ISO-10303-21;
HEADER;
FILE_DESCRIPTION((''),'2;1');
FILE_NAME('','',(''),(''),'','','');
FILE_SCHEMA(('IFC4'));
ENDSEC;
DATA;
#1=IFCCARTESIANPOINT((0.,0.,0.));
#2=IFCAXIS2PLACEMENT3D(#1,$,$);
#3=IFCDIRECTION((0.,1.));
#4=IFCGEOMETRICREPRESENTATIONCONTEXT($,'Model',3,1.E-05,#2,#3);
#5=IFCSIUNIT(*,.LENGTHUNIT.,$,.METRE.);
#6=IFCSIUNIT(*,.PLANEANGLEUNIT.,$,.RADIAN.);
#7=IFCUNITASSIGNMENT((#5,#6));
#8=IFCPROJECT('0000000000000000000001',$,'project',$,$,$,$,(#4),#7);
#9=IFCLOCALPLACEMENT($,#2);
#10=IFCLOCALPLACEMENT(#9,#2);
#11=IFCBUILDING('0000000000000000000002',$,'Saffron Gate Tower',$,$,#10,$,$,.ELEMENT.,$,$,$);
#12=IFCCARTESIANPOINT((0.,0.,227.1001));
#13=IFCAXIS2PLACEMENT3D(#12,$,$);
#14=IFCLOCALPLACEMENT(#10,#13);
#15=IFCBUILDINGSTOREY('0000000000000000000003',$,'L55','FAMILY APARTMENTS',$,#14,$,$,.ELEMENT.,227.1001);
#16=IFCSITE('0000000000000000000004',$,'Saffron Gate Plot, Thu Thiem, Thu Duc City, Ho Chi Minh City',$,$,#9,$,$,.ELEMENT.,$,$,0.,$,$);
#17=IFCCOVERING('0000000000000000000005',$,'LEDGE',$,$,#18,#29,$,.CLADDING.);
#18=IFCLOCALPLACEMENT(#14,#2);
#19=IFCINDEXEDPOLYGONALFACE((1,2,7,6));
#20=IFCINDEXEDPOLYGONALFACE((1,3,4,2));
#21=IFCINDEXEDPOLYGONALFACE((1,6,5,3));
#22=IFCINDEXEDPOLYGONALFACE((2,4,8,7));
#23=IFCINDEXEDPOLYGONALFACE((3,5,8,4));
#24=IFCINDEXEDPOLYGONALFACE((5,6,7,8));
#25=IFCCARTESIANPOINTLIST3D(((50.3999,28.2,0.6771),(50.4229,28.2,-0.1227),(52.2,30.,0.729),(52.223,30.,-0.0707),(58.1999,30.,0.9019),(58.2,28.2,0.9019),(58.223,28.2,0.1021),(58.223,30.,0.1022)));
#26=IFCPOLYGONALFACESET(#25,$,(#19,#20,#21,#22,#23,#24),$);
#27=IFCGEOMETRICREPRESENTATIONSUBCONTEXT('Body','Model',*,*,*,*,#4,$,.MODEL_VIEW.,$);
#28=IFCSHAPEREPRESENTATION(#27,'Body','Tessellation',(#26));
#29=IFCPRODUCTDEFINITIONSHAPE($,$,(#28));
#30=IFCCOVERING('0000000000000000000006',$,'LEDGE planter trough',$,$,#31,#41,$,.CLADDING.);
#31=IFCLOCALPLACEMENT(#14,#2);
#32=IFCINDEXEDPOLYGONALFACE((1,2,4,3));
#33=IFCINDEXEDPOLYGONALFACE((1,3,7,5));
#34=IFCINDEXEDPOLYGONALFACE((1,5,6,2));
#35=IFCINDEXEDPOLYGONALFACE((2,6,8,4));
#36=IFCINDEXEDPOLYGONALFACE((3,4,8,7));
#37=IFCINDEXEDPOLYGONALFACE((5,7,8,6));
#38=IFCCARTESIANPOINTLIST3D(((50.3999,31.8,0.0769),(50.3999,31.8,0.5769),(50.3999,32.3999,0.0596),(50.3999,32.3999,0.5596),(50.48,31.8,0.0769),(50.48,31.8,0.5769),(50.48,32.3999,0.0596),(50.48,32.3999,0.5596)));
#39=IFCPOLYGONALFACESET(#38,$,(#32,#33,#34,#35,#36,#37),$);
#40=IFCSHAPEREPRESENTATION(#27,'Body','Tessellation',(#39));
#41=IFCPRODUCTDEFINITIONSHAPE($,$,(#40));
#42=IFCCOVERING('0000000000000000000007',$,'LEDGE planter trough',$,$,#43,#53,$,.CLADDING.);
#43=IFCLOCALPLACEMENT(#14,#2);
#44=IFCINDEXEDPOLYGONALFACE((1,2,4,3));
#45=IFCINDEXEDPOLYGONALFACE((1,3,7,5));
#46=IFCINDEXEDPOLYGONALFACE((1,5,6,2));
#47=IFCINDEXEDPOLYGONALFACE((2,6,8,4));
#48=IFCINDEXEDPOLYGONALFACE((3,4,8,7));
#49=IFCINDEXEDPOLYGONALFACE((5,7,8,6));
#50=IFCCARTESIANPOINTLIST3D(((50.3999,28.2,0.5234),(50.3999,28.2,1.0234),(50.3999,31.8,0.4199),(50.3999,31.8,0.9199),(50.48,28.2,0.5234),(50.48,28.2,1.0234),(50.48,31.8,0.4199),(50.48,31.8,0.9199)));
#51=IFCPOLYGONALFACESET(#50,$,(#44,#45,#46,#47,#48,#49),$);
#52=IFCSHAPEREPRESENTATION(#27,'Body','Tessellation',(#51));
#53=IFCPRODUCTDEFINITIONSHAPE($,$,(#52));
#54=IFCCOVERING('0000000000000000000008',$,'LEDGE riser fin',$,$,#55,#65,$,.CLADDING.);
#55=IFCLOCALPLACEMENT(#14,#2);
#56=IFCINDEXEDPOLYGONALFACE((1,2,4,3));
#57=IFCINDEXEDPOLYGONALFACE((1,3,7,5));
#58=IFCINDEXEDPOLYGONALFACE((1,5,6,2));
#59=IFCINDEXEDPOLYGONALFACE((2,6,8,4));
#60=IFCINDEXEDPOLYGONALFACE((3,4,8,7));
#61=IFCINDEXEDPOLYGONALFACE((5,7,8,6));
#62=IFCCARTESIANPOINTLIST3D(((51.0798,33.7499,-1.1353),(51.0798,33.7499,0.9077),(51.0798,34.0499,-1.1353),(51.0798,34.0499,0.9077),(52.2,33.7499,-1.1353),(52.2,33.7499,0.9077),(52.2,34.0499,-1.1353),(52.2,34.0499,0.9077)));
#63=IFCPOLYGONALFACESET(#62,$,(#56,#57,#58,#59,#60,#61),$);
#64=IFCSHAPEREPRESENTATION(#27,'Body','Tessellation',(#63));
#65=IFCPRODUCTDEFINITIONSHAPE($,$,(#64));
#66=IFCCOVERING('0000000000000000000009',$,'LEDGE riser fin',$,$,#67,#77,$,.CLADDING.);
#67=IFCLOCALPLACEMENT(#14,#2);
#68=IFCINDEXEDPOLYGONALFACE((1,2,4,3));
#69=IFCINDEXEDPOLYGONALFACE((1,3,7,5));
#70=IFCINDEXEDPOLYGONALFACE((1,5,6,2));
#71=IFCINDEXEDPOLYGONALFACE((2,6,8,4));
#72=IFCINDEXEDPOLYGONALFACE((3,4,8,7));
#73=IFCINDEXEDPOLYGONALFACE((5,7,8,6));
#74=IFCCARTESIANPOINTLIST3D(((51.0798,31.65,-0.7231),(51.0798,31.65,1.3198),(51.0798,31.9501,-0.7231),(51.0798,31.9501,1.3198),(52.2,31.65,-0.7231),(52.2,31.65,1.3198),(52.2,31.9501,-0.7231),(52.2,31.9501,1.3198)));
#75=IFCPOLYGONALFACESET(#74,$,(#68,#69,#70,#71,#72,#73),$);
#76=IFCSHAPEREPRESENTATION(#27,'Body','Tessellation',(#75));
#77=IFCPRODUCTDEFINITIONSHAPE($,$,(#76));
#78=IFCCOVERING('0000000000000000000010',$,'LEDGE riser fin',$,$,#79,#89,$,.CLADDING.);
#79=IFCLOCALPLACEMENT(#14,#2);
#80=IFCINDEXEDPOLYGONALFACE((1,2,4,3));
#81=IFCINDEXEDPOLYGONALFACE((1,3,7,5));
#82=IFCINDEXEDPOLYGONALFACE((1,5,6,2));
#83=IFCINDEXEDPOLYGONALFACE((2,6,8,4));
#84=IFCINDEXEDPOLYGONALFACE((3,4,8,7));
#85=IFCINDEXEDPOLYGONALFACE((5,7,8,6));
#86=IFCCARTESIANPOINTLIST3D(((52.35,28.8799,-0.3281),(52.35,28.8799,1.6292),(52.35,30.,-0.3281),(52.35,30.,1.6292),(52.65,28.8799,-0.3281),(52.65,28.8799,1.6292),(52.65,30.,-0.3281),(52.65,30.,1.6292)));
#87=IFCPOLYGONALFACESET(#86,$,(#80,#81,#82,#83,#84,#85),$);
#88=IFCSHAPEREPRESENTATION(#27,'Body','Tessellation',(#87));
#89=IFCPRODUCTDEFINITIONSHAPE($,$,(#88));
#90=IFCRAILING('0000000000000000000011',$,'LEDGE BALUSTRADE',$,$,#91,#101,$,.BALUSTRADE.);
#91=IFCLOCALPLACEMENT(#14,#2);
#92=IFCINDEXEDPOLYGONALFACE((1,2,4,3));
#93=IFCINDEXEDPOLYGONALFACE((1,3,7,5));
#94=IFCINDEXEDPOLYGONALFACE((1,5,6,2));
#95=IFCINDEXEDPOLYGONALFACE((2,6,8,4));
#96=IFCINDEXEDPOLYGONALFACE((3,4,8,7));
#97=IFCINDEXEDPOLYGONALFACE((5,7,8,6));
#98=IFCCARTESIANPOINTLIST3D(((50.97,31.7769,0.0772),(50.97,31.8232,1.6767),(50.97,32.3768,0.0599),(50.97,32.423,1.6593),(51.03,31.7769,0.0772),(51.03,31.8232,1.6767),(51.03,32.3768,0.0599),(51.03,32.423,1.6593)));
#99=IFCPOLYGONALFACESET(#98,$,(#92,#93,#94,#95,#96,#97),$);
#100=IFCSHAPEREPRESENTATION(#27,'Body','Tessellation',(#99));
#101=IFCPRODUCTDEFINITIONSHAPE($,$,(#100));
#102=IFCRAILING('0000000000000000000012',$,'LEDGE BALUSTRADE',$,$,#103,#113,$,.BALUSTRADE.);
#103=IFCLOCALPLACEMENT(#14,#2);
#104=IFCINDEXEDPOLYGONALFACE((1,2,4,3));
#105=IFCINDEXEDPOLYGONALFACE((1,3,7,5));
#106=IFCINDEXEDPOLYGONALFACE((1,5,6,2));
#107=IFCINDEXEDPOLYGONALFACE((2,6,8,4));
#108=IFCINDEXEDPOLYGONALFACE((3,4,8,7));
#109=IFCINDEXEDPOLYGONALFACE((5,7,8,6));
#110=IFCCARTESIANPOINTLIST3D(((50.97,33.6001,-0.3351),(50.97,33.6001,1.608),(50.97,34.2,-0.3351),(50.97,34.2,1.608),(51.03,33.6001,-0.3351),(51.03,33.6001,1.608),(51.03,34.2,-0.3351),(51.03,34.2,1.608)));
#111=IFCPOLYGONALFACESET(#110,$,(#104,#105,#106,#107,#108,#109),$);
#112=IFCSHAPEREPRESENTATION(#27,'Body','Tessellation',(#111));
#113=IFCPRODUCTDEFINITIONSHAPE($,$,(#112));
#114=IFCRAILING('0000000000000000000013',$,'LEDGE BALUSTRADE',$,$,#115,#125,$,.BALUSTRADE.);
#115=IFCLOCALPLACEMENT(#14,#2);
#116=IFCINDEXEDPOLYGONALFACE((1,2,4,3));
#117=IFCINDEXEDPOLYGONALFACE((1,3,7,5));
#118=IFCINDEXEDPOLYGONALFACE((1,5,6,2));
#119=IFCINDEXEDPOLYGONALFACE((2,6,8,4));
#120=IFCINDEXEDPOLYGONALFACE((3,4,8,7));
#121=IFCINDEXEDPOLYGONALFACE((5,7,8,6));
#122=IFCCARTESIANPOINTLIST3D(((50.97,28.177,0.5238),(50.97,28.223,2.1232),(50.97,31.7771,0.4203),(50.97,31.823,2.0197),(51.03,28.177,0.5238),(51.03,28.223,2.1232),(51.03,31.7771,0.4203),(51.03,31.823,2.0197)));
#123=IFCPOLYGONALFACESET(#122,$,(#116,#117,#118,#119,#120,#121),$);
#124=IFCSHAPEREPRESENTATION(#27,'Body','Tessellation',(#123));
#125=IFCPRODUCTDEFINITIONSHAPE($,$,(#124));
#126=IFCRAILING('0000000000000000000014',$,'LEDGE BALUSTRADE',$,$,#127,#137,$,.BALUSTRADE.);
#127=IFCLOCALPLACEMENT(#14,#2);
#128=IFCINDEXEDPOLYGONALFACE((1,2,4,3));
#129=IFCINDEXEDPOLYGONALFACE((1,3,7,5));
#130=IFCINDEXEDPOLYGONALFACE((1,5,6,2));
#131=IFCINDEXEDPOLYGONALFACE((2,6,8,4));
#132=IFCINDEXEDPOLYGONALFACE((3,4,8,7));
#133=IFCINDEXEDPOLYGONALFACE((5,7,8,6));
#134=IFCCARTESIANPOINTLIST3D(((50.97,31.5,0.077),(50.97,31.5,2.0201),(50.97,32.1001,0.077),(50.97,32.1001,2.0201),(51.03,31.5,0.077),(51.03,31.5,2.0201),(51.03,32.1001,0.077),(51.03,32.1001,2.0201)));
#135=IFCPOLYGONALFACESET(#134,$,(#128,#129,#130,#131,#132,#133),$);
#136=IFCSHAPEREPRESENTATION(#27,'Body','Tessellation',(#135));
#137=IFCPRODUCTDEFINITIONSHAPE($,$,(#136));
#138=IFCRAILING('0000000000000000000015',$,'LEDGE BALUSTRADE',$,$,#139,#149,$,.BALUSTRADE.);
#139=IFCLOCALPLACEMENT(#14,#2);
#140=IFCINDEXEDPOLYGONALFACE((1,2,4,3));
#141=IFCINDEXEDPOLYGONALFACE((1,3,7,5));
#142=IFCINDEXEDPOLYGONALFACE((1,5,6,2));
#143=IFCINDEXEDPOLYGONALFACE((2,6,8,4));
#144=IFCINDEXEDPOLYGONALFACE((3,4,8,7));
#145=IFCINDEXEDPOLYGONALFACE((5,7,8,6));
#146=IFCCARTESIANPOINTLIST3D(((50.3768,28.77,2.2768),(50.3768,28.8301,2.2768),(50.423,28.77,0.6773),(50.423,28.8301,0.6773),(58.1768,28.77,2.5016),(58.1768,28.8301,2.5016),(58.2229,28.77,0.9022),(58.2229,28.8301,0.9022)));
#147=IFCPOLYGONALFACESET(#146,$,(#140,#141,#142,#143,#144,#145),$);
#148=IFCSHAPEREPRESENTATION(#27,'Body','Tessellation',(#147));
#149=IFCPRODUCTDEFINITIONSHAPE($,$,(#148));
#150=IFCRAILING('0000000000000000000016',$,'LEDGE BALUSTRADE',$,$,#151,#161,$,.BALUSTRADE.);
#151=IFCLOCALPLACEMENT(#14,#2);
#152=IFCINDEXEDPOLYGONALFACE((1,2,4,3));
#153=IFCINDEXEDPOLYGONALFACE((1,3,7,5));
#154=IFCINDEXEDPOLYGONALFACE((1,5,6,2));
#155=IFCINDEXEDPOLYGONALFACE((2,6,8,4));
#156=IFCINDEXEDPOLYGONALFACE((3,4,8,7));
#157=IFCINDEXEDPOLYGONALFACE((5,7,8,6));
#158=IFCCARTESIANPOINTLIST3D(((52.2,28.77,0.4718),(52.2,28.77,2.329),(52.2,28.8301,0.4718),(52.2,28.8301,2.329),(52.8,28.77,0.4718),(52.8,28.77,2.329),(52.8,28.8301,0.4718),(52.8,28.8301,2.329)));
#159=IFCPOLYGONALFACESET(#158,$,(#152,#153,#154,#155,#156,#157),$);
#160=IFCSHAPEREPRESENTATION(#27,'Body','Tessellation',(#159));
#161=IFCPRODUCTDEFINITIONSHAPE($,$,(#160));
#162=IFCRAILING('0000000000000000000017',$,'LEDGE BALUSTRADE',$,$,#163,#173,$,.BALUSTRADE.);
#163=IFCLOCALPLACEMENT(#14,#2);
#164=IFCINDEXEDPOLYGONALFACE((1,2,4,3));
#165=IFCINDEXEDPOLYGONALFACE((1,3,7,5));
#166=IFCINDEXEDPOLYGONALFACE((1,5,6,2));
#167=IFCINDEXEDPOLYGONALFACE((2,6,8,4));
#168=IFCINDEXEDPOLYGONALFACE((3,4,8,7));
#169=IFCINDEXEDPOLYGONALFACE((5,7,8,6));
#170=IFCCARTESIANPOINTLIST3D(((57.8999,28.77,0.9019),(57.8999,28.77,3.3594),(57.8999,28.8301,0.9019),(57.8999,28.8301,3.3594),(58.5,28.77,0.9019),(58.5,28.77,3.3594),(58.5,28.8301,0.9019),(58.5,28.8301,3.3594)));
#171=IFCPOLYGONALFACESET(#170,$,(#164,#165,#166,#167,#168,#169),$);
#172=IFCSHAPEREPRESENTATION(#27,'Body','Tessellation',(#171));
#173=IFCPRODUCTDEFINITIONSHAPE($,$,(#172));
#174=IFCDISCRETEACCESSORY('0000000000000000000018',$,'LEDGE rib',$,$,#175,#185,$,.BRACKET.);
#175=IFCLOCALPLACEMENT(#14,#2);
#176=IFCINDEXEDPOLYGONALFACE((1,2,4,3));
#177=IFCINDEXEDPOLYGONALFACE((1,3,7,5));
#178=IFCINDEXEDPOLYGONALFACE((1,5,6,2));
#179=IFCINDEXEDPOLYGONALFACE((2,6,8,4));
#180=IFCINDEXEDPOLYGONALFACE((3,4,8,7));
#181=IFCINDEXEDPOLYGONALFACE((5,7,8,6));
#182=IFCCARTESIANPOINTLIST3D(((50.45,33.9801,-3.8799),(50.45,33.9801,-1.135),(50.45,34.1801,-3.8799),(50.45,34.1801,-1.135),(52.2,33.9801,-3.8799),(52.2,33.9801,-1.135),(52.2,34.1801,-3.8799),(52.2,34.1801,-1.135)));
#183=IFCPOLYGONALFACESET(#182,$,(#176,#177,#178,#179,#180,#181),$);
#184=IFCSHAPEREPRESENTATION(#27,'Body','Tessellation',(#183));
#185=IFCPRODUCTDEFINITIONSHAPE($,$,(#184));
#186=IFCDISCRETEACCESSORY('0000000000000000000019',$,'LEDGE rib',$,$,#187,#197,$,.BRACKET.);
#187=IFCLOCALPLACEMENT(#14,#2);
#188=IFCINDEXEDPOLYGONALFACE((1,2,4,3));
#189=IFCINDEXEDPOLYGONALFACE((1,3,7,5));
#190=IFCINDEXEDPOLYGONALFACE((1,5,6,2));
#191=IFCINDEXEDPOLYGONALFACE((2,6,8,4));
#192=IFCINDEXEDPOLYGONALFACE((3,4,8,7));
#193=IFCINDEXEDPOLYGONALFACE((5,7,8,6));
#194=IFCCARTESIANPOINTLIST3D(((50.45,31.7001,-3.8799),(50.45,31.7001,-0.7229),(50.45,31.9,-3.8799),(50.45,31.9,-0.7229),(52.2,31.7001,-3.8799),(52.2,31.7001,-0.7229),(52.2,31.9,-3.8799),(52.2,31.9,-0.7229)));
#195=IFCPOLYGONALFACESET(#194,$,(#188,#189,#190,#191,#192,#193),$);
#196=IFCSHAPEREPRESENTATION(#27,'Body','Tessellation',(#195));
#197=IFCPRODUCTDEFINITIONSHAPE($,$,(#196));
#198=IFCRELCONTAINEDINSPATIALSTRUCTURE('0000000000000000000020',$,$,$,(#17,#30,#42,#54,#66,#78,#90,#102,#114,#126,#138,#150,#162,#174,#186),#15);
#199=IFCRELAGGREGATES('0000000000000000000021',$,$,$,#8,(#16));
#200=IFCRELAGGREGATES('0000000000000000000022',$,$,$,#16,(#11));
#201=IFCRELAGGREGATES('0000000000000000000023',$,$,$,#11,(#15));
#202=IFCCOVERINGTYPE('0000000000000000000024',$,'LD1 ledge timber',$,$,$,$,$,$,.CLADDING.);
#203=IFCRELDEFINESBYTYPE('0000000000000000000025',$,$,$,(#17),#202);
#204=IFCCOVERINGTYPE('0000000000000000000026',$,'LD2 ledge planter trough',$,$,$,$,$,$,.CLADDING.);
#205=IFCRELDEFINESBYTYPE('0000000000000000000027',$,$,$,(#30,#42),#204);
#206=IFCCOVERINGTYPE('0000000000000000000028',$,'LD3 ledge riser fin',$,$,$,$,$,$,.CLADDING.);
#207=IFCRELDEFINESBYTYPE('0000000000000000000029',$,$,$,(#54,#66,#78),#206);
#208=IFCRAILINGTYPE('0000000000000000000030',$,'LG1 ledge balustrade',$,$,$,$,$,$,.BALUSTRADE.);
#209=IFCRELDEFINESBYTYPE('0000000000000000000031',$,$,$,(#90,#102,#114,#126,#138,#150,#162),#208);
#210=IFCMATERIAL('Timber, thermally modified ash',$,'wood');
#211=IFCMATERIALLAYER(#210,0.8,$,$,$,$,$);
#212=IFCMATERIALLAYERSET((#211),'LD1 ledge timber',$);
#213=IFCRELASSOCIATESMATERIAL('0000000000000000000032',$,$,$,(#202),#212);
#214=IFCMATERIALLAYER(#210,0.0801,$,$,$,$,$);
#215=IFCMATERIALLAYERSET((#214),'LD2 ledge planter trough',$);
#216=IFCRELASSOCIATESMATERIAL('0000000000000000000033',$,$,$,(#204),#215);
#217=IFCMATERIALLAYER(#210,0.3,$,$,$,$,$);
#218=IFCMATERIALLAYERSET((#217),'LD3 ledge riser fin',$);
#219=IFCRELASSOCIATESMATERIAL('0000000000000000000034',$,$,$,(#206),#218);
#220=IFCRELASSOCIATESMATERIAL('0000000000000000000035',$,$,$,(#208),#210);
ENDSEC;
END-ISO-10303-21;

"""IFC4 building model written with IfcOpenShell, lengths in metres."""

from ifc_helpers import new_model, si_unit, direction, frame, origin, origin_2d, place, context, subcontext, project, spatial, polyline, rectangle, outline, extrude, material, layer, layer_set, type_object, element, save


model = new_model("IFC4")

# Units and contexts
model_context = context("Model", 3, precision=1e-05, world=origin(), true_north=direction((0.0, 1.0)))
body_context = subcontext(model_context, "Body", "Model", "MODEL_VIEW")
ifc_project = project(units=[si_unit("LENGTHUNIT", "METRE"), si_unit("PLANEANGLEUNIT", "RADIAN")], contexts=[model_context])

# Site, building, storey
site_placement = place(None, origin())
site = spatial("IfcSite", under=ifc_project, at=site_placement, Name="Saffron Gate Plot, Thu Thiem, Thu Duc City, Ho Chi Minh City", CompositionType="ELEMENT", RefElevation=0.0)
building_placement = place(site_placement, origin())
building = spatial("IfcBuilding", under=site, at=building_placement, Name="Saffron Gate Tower", CompositionType="ELEMENT")
storey_placement = place(building_placement, frame((0.0, 0.0, 227.1001)))
storey = spatial("IfcBuildingStorey", under=building, at=storey_placement, Name="L55", Description="FAMILY APARTMENTS", CompositionType="ELEMENT", Elevation=227.1001)

# Coverings
ifc_material_1 = material(Name="Timber, thermally modified ash", Category="wood")
ifc_layer_1 = layer(ifc_material_1, 0.8)
ifc_layer_set_1 = layer_set([ifc_layer_1], Name="LD1 ledge timber")
covering_type_1 = type_object("IfcCoveringType", Name="LD1 ledge timber", PredefinedType="CLADDING", material=ifc_layer_set_1)
covering_1_placement = place(storey_placement, frame((52.2, 30.0, 0.729), z_axis=(-0.028807, -0.000035, 0.999585), x_axis=(0.999585, 0.0, 0.028807)))
element("IfcCovering", 1, at=covering_1_placement, inside=storey, type_object=covering_type_1, Name="LEDGE", PredefinedType="CLADDING", context=body_context, shape_type="SweptSolid", body=[
    extrude(outline(polyline([(0.0, 0.0), (6.0025, 0.0), (6.0025, -1.8), (-1.8008, -1.8), (0.0, 0.0)])), origin(), (0.0, 0.0, -1.0), 0.8),
])
ifc_layer_2 = layer(ifc_material_1, 0.0801)
ifc_layer_set_2 = layer_set([ifc_layer_2], Name="LD2 ledge planter trough")
covering_type_2 = type_object("IfcCoveringType", Name="LD2 ledge planter trough", PredefinedType="CLADDING", material=ifc_layer_set_2)
covering_2_placement = place(storey_placement, frame((50.3999, 32.3999, 0.0596), z_axis=(-1.0, 0.0, 0.0), x_axis=(0.0, -0.999583, 0.028885)))
element("IfcCovering", 2, at=covering_2_placement, inside=storey, type_object=covering_type_2, Name="LEDGE planter trough", PredefinedType="CLADDING", context=body_context, shape_type="SweptSolid", body=[
    extrude(outline(polyline([(0.0, 0.0), (0.6001, 0.0), (0.6145, 0.4998), (0.0144, 0.4998), (0.0, 0.0)])), origin(), (0.0, 0.0, -1.0), 0.0801),
])
covering_3_placement = place(storey_placement, frame((50.3999, 31.8, 0.4199), z_axis=(-1.0, 0.0, 0.0), x_axis=(0.0, -0.999587, 0.028742)))
element("IfcCovering", 3, at=covering_3_placement, inside=storey, type_object=covering_type_2, Name="LEDGE planter trough", PredefinedType="CLADDING", context=body_context, shape_type="SweptSolid", body=[
    extrude(outline(polyline([(0.0, 0.0), (3.6016, 0.0), (3.616, 0.4998), (0.0144, 0.4998), (0.0, 0.0)])), origin(), (0.0, 0.0, -1.0), 0.0801),
])
ifc_layer_3 = layer(ifc_material_1, 0.3)
ifc_layer_set_3 = layer_set([ifc_layer_3], Name="LD3 ledge riser fin")
covering_type_3 = type_object("IfcCoveringType", Name="LD3 ledge riser fin", PredefinedType="CLADDING", material=ifc_layer_set_3)
for number, where, z_axis, x_axis, name in (
    (4, (51.6399, 33.8999, -1.1353), (0.0, 0.0, 1.0), (0.0, -1.0, 0.0), "LEDGE riser fin"),
    (5, (51.6399, 31.8, -0.7231), (0.0, 0.0, 1.0), (0.0, -1.0, 0.0), "LEDGE riser fin"),
):
    element("IfcCovering", number, at=place(storey_placement, frame(where, z_axis=z_axis, x_axis=x_axis)), inside=storey, type_object=covering_type_3, Name=name, PredefinedType="CLADDING", context=body_context, shape_type="SweptSolid", body=[
        extrude(rectangle(XDim=0.3, YDim=1.1201, at=origin_2d()), origin(), (0.0, 0.0, 1.0), 2.043),
    ])
covering_4_placement = place(storey_placement, frame((52.5, 29.4399, -0.3281), z_axis=(0.0, 0.0, 1.0), x_axis=(1.0, 0.0, 0.0)))
element("IfcCovering", 6, at=covering_4_placement, inside=storey, type_object=covering_type_3, Name="LEDGE riser fin", PredefinedType="CLADDING", context=body_context, shape_type="SweptSolid", body=[
    extrude(rectangle(XDim=0.3, YDim=1.1201, at=origin_2d()), origin(), (0.0, 0.0, 1.0), 1.9573),
])

# Railings
railing_type = type_object("IfcRailingType", Name="LG1 ledge balustrade", PredefinedType="BALUSTRADE", material=ifc_material_1)
railing_1_placement = place(storey_placement, frame((51.0, 32.3999, 0.0596)))
element("IfcRailing", 7, at=railing_1_placement, inside=storey, type_object=railing_type, Name="LEDGE BALUSTRADE", PredefinedType="BALUSTRADE", context=body_context, shape_type="SweptSolid", body=[
    extrude(rectangle(XDim=0.0601, YDim=1.6001, at=origin_2d()), frame((0.0, 0.0, 0.8), z_axis=(0.0, -0.999583, 0.028885), x_axis=(1.0, 0.0, 0.0)), (0.0, 0.0, 1.0), 0.6001),
])
railing_2_placement = place(storey_placement, frame((51.0, 34.2, -0.3352)))
element("IfcRailing", 8, at=railing_2_placement, inside=storey, type_object=railing_type, Name="LEDGE BALUSTRADE", PredefinedType="BALUSTRADE", context=body_context, shape_type="SweptSolid", body=[
    extrude(rectangle(XDim=0.0601, YDim=1.9431, at=origin_2d()), frame((0.0, 0.0, 0.9717), z_axis=(0.0, -1.0, 0.0), x_axis=(1.0, 0.0, 0.0)), (0.0, 0.0, 1.0), 0.5999),
])
railing_3_placement = place(storey_placement, frame((51.0, 31.8, 0.4199)))
element("IfcRailing", 9, at=railing_3_placement, inside=storey, type_object=railing_type, Name="LEDGE BALUSTRADE", PredefinedType="BALUSTRADE", context=body_context, shape_type="SweptSolid", body=[
    extrude(rectangle(XDim=0.0601, YDim=1.6001, at=origin_2d()), frame((0.0, 0.0, 0.8), z_axis=(0.0, -0.999587, 0.028742), x_axis=(1.0, 0.0, 0.0)), (0.0, 0.0, 1.0), 3.6016),
])
railing_4_placement = place(storey_placement, frame((51.0, 32.1001, 0.0769)))
element("IfcRailing", 10, at=railing_4_placement, inside=storey, type_object=railing_type, Name="LEDGE BALUSTRADE", PredefinedType="BALUSTRADE", context=body_context, shape_type="SweptSolid", body=[
    extrude(rectangle(XDim=0.0601, YDim=1.9431, at=origin_2d()), frame((0.0, 0.0, 0.9717), z_axis=(0.0, -1.0, 0.0), x_axis=(1.0, 0.0, 0.0)), (0.0, 0.0, 1.0), 0.6001),
])
railing_5_placement = place(storey_placement, frame((50.3999, 28.8, 0.677)))
element("IfcRailing", 11, at=railing_5_placement, inside=storey, type_object=railing_type, Name="LEDGE BALUSTRADE", PredefinedType="BALUSTRADE", context=body_context, shape_type="SweptSolid", body=[
    extrude(rectangle(XDim=0.0601, YDim=1.6001, at=origin_2d()), frame((0.0, 0.0, 0.8), z_axis=(0.999585, 0.0, 0.028815), x_axis=(0.0, 1.0, 0.0)), (0.0, 0.0, 1.0), 7.8032),
])
railing_6_placement = place(storey_placement, frame((52.2, 28.8, 0.4717)))
element("IfcRailing", 12, at=railing_6_placement, inside=storey, type_object=railing_type, Name="LEDGE BALUSTRADE", PredefinedType="BALUSTRADE", context=body_context, shape_type="SweptSolid", body=[
    extrude(rectangle(XDim=0.0601, YDim=1.8572, at=origin_2d()), frame((0.0, 0.0, 0.9287), z_axis=(1.0, 0.0, 0.0), x_axis=(0.0, 1.0, 0.0)), (0.0, 0.0, 1.0), 0.6001),
])
railing_7_placement = place(storey_placement, frame((57.8999, 28.8, 0.9019)))
element("IfcRailing", 13, at=railing_7_placement, inside=storey, type_object=railing_type, Name="LEDGE BALUSTRADE", PredefinedType="BALUSTRADE", context=body_context, shape_type="SweptSolid", body=[
    extrude(rectangle(XDim=0.0601, YDim=2.4575, at=origin_2d()), frame((0.0, 0.0, 1.2288), z_axis=(1.0, 0.0, 0.0), x_axis=(0.0, 1.0, 0.0)), (0.0, 0.0, 1.0), 0.6001),
])

# Discrete accessories
discrete_accessory_1_placement = place(storey_placement, frame((51.325, 34.0801, -3.8799), z_axis=(0.0, 0.0, 1.0), x_axis=(0.0, -1.0, 0.0)))
element("IfcDiscreteAccessory", 14, at=discrete_accessory_1_placement, inside=storey, Name="LEDGE rib", PredefinedType="BRACKET", context=body_context, shape_type="SweptSolid", body=[
    extrude(rectangle(XDim=0.2, YDim=1.75, at=origin_2d()), origin(), (0.0, 0.0, 1.0), 2.7449),
])
discrete_accessory_2_placement = place(storey_placement, frame((51.325, 31.8, -3.8799), z_axis=(0.0, 0.0, 1.0), x_axis=(0.0, -1.0, 0.0)))
element("IfcDiscreteAccessory", 15, at=discrete_accessory_2_placement, inside=storey, Name="LEDGE rib", PredefinedType="BRACKET", context=body_context, shape_type="SweptSolid", body=[
    extrude(rectangle(XDim=0.2, YDim=1.75, at=origin_2d()), origin(), (0.0, 0.0, 1.0), 3.157),
])

save(model, "model.ifc")
